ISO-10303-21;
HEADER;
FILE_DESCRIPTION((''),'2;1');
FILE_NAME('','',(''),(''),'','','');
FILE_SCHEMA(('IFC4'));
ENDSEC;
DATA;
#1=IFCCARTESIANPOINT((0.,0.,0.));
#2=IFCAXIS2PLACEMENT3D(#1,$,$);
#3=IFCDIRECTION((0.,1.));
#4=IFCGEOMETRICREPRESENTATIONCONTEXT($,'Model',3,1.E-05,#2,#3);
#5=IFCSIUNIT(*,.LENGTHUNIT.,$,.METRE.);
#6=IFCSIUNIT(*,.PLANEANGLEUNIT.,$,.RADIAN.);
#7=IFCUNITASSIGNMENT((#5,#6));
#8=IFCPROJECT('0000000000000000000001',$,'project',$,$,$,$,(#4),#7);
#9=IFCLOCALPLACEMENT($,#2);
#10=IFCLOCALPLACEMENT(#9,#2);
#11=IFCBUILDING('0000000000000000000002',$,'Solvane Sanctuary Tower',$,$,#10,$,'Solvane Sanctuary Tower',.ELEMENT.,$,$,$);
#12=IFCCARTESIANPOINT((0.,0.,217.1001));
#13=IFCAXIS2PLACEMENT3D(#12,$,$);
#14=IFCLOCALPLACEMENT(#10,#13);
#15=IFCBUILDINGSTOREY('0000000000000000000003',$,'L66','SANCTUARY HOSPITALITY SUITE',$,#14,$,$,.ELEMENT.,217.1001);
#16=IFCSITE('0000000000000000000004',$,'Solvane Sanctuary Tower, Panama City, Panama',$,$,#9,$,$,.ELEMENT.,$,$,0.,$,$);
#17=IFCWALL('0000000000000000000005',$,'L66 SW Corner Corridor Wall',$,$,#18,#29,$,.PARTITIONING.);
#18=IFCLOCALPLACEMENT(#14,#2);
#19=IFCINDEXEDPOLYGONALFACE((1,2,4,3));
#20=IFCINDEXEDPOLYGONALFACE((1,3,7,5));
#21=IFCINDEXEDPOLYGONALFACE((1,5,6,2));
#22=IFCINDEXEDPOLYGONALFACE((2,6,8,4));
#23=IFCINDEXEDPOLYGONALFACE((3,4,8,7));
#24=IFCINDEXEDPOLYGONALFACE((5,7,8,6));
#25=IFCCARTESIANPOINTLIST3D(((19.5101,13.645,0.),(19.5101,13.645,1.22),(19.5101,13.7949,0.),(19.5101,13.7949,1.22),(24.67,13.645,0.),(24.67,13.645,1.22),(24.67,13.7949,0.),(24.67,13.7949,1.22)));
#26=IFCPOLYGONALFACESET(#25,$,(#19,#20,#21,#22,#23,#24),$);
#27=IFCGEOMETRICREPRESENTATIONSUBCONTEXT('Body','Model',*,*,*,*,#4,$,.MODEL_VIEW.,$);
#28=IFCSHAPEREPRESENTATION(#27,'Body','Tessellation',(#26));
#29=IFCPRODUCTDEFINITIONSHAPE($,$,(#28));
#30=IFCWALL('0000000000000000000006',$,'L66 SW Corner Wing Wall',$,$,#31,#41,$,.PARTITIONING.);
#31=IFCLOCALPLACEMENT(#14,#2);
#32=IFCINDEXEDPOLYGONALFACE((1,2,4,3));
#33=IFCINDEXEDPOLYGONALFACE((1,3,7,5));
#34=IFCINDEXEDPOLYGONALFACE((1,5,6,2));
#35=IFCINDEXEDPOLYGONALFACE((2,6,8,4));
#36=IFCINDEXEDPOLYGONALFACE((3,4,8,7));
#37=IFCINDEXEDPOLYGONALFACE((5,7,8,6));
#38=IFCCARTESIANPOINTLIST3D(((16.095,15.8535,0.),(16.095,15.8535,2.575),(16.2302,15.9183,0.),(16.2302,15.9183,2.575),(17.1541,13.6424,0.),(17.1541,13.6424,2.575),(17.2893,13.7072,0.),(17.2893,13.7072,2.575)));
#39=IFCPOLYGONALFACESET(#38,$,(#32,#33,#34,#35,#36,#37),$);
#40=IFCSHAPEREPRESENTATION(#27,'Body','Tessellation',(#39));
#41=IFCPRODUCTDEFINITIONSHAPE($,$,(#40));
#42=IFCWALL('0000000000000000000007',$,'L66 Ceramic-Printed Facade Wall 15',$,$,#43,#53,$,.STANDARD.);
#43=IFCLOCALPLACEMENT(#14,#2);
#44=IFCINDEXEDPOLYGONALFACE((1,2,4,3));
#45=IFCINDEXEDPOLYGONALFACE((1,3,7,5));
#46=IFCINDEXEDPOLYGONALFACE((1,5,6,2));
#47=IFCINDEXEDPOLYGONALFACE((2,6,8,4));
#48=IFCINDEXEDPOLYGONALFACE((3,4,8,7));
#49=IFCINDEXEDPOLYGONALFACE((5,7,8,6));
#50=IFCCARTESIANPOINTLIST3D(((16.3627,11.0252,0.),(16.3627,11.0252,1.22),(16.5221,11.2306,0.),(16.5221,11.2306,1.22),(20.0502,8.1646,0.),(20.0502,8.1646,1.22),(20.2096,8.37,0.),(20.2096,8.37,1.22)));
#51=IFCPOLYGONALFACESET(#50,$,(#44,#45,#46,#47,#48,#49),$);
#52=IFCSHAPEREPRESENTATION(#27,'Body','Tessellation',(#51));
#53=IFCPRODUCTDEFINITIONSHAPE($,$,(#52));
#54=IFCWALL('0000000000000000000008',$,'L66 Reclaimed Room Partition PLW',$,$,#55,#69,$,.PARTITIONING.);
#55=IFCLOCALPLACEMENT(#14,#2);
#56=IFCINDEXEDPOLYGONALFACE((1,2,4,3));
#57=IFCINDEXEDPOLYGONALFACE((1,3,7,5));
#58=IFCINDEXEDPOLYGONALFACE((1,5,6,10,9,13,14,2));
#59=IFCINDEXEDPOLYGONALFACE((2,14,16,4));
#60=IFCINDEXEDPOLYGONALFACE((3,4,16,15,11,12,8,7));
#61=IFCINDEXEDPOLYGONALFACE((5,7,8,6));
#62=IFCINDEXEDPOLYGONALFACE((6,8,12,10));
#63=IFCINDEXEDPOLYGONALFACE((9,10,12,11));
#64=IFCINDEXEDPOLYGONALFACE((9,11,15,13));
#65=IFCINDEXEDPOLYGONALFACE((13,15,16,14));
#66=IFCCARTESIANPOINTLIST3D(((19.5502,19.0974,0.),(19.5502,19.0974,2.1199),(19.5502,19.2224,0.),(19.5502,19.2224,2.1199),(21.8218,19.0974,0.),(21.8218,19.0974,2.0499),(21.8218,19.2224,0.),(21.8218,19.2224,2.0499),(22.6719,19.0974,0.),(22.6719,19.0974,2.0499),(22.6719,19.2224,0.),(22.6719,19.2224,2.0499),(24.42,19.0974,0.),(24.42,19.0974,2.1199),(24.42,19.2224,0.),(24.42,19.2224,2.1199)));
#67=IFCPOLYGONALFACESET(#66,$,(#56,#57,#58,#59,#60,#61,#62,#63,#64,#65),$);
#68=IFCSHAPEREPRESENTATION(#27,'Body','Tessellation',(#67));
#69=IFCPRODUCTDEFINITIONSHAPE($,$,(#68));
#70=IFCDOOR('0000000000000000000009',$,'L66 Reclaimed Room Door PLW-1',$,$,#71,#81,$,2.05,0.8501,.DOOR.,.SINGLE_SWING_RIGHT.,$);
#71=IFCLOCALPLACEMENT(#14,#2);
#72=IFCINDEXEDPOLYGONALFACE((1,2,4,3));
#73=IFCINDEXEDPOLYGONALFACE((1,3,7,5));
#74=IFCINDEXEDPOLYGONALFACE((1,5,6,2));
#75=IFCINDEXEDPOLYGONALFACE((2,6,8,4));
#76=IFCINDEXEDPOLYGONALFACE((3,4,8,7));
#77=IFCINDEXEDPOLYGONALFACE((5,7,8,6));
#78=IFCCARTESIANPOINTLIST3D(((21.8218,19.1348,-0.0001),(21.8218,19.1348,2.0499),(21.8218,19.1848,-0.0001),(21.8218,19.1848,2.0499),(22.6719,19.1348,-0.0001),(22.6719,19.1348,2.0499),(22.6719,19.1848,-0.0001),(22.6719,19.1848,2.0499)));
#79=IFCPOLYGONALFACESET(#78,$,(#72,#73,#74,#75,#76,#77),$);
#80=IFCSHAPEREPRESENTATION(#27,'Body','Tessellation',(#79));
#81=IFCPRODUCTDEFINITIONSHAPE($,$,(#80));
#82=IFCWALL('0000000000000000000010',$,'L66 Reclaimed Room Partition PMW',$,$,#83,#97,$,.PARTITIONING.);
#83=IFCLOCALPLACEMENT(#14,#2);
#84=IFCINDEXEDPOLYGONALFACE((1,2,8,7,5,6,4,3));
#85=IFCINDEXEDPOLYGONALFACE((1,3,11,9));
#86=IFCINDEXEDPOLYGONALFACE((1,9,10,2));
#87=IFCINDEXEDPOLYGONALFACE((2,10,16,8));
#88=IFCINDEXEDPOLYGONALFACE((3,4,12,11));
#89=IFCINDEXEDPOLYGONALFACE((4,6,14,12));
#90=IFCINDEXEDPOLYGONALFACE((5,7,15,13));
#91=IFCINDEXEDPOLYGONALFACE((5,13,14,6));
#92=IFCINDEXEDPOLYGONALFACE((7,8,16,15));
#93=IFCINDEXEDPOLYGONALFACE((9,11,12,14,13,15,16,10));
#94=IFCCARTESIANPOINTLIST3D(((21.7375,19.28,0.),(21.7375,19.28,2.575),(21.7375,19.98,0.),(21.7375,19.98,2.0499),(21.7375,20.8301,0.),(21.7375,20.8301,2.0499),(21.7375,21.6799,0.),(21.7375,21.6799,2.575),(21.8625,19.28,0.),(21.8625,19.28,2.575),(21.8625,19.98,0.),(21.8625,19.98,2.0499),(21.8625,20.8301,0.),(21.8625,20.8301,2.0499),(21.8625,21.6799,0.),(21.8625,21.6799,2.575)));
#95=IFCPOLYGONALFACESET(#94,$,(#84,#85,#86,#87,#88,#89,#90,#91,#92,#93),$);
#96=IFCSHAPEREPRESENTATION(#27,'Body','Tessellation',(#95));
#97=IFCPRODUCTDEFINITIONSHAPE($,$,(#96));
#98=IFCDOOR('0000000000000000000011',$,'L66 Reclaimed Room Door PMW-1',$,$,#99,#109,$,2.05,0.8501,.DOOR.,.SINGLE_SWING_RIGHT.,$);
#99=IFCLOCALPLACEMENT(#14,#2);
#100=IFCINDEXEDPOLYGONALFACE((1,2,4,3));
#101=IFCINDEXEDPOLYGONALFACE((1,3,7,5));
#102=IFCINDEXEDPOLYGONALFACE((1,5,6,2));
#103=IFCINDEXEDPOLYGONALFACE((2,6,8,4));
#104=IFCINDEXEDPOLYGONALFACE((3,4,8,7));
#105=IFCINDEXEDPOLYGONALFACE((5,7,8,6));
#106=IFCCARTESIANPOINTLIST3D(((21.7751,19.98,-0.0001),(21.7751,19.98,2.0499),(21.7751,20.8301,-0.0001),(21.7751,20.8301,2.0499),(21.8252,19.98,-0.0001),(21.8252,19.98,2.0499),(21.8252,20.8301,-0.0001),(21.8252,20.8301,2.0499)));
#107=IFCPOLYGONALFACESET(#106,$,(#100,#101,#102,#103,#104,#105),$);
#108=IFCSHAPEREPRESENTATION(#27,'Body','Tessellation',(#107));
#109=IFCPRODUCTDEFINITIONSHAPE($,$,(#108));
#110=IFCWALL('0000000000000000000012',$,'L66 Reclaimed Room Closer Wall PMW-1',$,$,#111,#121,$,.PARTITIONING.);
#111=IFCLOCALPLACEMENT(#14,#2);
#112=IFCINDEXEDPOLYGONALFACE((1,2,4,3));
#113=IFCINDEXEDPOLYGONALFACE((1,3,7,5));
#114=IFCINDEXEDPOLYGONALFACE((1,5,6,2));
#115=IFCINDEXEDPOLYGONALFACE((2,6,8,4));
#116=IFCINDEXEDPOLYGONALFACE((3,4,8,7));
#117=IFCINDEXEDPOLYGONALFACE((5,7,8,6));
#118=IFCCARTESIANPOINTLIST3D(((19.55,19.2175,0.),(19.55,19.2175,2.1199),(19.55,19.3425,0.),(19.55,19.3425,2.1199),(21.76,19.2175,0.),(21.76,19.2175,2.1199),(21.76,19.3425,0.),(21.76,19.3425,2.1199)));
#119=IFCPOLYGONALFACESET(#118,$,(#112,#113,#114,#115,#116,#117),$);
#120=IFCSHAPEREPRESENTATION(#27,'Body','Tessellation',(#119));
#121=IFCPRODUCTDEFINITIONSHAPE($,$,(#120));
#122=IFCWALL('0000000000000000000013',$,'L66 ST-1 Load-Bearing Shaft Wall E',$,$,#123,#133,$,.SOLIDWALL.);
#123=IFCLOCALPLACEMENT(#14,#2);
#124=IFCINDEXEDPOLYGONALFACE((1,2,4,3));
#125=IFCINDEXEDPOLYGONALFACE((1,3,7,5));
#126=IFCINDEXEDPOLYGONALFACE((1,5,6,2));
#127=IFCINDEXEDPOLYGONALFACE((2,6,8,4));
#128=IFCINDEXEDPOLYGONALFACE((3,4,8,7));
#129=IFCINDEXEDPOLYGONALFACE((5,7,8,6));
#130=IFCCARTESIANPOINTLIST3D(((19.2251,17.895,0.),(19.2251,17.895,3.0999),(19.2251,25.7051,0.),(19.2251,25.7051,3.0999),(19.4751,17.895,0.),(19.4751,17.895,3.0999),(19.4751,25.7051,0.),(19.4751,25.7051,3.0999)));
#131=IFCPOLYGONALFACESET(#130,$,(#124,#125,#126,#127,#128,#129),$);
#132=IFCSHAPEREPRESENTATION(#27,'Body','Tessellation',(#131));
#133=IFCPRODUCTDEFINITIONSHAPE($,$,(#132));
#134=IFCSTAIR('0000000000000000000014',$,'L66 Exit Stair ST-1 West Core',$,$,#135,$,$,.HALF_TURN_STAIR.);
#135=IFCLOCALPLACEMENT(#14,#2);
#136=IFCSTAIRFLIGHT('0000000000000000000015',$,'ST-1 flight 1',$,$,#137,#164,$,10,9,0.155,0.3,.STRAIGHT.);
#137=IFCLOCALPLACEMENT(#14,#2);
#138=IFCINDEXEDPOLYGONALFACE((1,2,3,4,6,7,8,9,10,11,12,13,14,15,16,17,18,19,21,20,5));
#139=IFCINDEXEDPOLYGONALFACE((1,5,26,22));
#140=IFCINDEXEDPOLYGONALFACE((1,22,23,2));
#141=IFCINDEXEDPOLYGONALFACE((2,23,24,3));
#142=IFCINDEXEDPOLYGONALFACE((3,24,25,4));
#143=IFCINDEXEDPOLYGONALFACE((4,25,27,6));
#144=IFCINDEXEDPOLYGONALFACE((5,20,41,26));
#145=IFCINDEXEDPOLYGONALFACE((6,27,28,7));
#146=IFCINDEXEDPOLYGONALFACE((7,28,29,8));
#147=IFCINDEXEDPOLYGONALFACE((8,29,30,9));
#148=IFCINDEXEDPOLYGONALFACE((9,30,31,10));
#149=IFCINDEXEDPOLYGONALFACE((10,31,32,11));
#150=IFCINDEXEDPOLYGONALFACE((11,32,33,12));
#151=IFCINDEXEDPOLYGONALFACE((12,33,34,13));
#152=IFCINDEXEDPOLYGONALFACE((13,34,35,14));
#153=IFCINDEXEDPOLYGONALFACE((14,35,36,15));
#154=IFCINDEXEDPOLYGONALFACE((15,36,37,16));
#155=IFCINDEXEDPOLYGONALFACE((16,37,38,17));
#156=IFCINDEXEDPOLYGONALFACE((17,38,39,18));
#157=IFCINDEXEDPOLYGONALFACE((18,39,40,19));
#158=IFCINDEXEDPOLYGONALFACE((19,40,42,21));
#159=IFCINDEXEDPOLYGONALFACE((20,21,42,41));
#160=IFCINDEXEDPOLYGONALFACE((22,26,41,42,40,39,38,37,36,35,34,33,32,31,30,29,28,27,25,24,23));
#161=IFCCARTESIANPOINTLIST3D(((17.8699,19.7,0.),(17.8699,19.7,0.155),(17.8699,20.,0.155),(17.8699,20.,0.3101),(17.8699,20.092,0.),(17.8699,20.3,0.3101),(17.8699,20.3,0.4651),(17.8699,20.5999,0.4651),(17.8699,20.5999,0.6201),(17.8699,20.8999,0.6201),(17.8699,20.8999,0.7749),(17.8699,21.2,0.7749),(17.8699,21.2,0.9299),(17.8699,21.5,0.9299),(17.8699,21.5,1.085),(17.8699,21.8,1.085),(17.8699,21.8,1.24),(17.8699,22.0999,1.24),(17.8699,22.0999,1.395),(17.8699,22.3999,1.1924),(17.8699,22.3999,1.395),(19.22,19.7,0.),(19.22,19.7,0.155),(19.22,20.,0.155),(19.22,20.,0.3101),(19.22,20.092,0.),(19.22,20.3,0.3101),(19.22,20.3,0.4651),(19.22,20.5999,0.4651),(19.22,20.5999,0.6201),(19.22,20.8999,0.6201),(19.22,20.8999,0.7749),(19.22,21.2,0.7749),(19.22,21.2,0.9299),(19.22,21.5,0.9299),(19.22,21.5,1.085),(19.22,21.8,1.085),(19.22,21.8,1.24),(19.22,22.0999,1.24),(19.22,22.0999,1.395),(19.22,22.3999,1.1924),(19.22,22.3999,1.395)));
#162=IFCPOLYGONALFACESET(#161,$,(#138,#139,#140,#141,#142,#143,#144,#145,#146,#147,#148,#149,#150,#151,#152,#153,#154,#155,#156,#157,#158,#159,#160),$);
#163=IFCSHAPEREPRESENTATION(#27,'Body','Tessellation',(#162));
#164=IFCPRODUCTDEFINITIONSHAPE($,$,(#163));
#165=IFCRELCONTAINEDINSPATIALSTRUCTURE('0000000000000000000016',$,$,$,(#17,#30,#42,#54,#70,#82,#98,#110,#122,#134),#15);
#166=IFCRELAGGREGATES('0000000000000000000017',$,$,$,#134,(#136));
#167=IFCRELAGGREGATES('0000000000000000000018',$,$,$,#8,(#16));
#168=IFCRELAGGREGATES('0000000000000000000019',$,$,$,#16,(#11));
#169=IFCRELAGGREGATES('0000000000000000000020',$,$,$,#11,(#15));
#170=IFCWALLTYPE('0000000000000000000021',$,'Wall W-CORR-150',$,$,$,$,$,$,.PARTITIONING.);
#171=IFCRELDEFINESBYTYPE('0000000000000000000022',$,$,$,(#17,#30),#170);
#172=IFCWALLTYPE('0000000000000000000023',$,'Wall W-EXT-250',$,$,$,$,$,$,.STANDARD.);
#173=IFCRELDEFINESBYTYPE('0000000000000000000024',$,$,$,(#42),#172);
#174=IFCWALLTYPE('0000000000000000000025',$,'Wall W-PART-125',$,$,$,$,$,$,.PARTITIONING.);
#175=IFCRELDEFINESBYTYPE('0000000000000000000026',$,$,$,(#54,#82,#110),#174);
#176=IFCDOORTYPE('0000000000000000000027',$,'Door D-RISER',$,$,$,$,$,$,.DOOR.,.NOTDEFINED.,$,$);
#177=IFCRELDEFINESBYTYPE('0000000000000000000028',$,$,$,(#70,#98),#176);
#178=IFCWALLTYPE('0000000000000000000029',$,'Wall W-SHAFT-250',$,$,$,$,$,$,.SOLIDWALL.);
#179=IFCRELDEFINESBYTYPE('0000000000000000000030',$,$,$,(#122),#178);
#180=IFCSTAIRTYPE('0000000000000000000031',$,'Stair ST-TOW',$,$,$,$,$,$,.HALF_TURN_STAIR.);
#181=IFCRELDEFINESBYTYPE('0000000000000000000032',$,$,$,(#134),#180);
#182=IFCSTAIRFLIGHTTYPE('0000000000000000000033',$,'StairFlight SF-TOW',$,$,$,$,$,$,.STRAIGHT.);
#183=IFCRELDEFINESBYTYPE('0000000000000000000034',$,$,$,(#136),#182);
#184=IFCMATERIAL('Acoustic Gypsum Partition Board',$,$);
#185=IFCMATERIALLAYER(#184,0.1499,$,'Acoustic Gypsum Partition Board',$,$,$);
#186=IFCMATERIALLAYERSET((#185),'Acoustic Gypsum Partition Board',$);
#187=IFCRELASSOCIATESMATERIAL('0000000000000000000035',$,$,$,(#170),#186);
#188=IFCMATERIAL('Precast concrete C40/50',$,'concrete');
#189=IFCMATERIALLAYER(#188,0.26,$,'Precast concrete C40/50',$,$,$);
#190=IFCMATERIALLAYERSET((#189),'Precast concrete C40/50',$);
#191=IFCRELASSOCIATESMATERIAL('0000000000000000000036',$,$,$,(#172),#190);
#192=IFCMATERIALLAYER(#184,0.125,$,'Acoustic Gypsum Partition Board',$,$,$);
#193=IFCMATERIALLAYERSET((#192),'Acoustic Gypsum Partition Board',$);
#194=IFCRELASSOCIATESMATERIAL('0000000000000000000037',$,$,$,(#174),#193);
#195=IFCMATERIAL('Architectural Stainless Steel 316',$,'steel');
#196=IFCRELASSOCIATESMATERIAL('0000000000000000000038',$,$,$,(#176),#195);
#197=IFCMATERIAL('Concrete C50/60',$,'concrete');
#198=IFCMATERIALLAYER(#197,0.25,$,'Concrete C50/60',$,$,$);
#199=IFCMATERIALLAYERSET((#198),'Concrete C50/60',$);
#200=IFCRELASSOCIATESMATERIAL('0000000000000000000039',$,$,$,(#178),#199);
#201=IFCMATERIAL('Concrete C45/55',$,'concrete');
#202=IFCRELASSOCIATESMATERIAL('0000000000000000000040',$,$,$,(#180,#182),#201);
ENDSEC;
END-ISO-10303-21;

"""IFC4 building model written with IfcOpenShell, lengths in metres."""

from ifc_helpers import new_model, si_unit, direction, frame, frame_2d, origin, place, context, subcontext, project, spatial, polyline, rectangle, outline, extrude, material, layer, layer_set, type_object, element, fill, aggregate, save


model = new_model("IFC4")

# Units and contexts
model_context = context("Model", 3, precision=1e-05, world=origin(), true_north=direction((0.0, 1.0)))
body_context = subcontext(model_context, "Body", "Model", "MODEL_VIEW")
ifc_project = project(units=[si_unit("LENGTHUNIT", "METRE"), si_unit("PLANEANGLEUNIT", "RADIAN")], contexts=[model_context])

# Site, building, storey
site_placement = place(None, origin())
site = spatial("IfcSite", under=ifc_project, at=site_placement, Name="Solvane Sanctuary Tower, Panama City, Panama", CompositionType="ELEMENT", RefElevation=0.0)
building_placement = place(site_placement, origin())
building = spatial("IfcBuilding", under=site, at=building_placement, Name="Solvane Sanctuary Tower", LongName="Solvane Sanctuary Tower", CompositionType="ELEMENT")
storey_placement = place(building_placement, frame((0.0, 0.0, 217.1001)))
storey = spatial("IfcBuildingStorey", under=building, at=storey_placement, Name="L66", Description="SANCTUARY HOSPITALITY SUITE", CompositionType="ELEMENT", Elevation=217.1001)

# Shared definitions
ifc_material_1 = material(Name="Concrete C50/60", Category="concrete")

# Shared definitions
ifc_material_2 = material(Name="Acoustic Gypsum Partition Board")
ifc_layer_1 = layer(ifc_material_2, 0.1499, Name="Acoustic Gypsum Partition Board")
ifc_layer_set_1 = layer_set([ifc_layer_1], Name="Acoustic Gypsum Partition Board")
wall_type_1 = type_object("IfcWallType", Name="Wall W-CORR-150", PredefinedType="PARTITIONING", material=ifc_layer_set_1)

# Walls
wall_1_placement = place(storey_placement, frame((19.51, 13.72, 0.0), z_axis=(0.0, 0.0, 1.0), x_axis=(1.0, 0.0, 0.0)))
element("IfcWall", 1, at=wall_1_placement, inside=storey, type_object=wall_type_1, Name="L66 SW Corner Corridor Wall", PredefinedType="PARTITIONING", context=body_context, shape_type="SweptSolid", body=[
    extrude(rectangle(XDim=5.1599, YDim=0.1499, at=frame_2d((2.5801, 0.0))), origin(), (0.0, 0.0, 1.0), 1.22),
])
wall_2_placement = place(storey_placement, frame((17.2217, 13.6748, 0.0), z_axis=(0.0, 0.0, 1.0), x_axis=(-0.431973, 0.901886, 0.0)))
element("IfcWall", 2, at=wall_2_placement, inside=storey, type_object=wall_type_1, Name="L66 SW Corner Wing Wall", PredefinedType="PARTITIONING", context=body_context, shape_type="SweptSolid", body=[
    extrude(rectangle(XDim=2.4517, YDim=0.1499, at=frame_2d((1.2258, 0.0))), origin(), (0.0, 0.0, 1.0), 2.575),
])
ifc_material_3 = material(Name="Precast concrete C40/50", Category="concrete")
ifc_layer_2 = layer(ifc_material_3, 0.26, Name="Precast concrete C40/50")
ifc_layer_set_2 = layer_set([ifc_layer_2], Name="Precast concrete C40/50")
wall_type_2 = type_object("IfcWallType", Name="Wall W-EXT-250", PredefinedType="STANDARD", material=ifc_layer_set_2)
wall_3_placement = place(storey_placement, frame((16.4424, 11.1279, 0.0), z_axis=(0.0, 0.0, 1.0), x_axis=(0.790126, -0.612944, 0.0)))
element("IfcWall", 3, at=wall_3_placement, inside=storey, type_object=wall_type_2, Name="L66 Ceramic-Printed Facade Wall 15", PredefinedType="STANDARD", context=body_context, shape_type="SweptSolid", body=[
    extrude(rectangle(XDim=4.667, YDim=0.26, at=frame_2d((2.3335, 0.0))), origin(), (0.0, 0.0, 1.0), 1.22),
])

# Walls, openings, doors
ifc_layer_3 = layer(ifc_material_2, 0.125, Name="Acoustic Gypsum Partition Board")
ifc_layer_set_3 = layer_set([ifc_layer_3], Name="Acoustic Gypsum Partition Board")
wall_type_3 = type_object("IfcWallType", Name="Wall W-PART-125", PredefinedType="PARTITIONING", material=ifc_layer_set_3)
wall_4_placement = place(storey_placement, frame((19.55, 19.1599, 0.0), z_axis=(0.0, 0.0, 1.0), x_axis=(1.0, 0.0, 0.0)))
wall_4 = element("IfcWall", 4, at=wall_4_placement, inside=storey, type_object=wall_type_3, Name="L66 Reclaimed Room Partition PLW", PredefinedType="PARTITIONING", context=body_context, shape_type="SweptSolid", body=[
    extrude(rectangle(XDim=4.8699, YDim=0.125, at=frame_2d((2.4351, 0.0))), origin(), (0.0, 0.0, 1.0), 2.1199),
])
opening_1_placement = place(wall_4_placement, frame((2.2717, 0.0, 0.0)))
opening_1 = element("IfcOpeningElement", 5, at=opening_1_placement, cuts=wall_4, PredefinedType="OPENING", context=body_context, shape_type="SweptSolid", body=[
    extrude(rectangle(XDim=0.8501, YDim=2.05, at=frame_2d((0.425, 1.0249))), frame((0.0, 0.0725, 0.0), z_axis=(0.0, -1.0, 0.0), x_axis=(1.0, 0.0, 0.0)), (0.0, 0.0, 1.0), 0.145),
])
ifc_material_4 = material(Name="Architectural Stainless Steel 316", Category="steel")
door_type_1 = type_object("IfcDoorType", Name="Door D-RISER", OperationType="NOTDEFINED", PredefinedType="DOOR", material=ifc_material_4)
door_1_placement = place(opening_1_placement, origin())
door_1 = element("IfcDoor", 6, at=door_1_placement, inside=storey, type_object=door_type_1, Name="L66 Reclaimed Room Door PLW-1", OperationType="SINGLE_SWING_RIGHT", OverallHeight=2.05, OverallWidth=0.8501, PredefinedType="DOOR", context=body_context, shape_type="SweptSolid", body=[
    extrude(rectangle(XDim=0.8501, YDim=2.05, at=frame_2d((0.425, 1.0249))), frame((0.0, 0.0249, 0.0), z_axis=(0.0, -1.0, 0.0), x_axis=(1.0, 0.0, 0.0)), (0.0, 0.0, 1.0), 0.05),
])
fill(opening_1, door_1)
wall_5_placement = place(storey_placement, frame((21.8, 19.28, 0.0), z_axis=(0.0, 0.0, 1.0), x_axis=(0.0, 1.0, 0.0)))
wall_5 = element("IfcWall", 7, at=wall_5_placement, inside=storey, type_object=wall_type_3, Name="L66 Reclaimed Room Partition PMW", PredefinedType="PARTITIONING", context=body_context, shape_type="SweptSolid", body=[
    extrude(rectangle(XDim=2.3999, YDim=0.125, at=frame_2d((1.2, 0.0))), origin(), (0.0, 0.0, 1.0), 2.575),
])
opening_2_placement = place(wall_5_placement, frame((0.7, 0.0, 0.0)))
opening_2 = element("IfcOpeningElement", 8, at=opening_2_placement, cuts=wall_5, PredefinedType="OPENING", context=body_context, shape_type="SweptSolid", body=[
    extrude(rectangle(XDim=0.8501, YDim=2.05, at=frame_2d((0.425, 1.0249))), frame((0.0, 0.0725, 0.0), z_axis=(0.0, -1.0, 0.0), x_axis=(1.0, 0.0, 0.0)), (0.0, 0.0, 1.0), 0.145),
])
door_2_placement = place(opening_2_placement, origin())
door_2 = element("IfcDoor", 9, at=door_2_placement, inside=storey, type_object=door_type_1, Name="L66 Reclaimed Room Door PMW-1", OperationType="SINGLE_SWING_RIGHT", OverallHeight=2.05, OverallWidth=0.8501, PredefinedType="DOOR", context=body_context, shape_type="SweptSolid", body=[
    extrude(rectangle(XDim=0.8501, YDim=2.05, at=frame_2d((0.425, 1.0249))), frame((0.0, 0.0249, 0.0), z_axis=(0.0, -1.0, 0.0), x_axis=(1.0, 0.0, 0.0)), (0.0, 0.0, 1.0), 0.05),
])
fill(opening_2, door_2)

# Walls
wall_6_placement = place(storey_placement, frame((19.55, 19.28, 0.0), z_axis=(0.0, 0.0, 1.0), x_axis=(1.0, 0.0, 0.0)))
element("IfcWall", 10, at=wall_6_placement, inside=storey, type_object=wall_type_3, Name="L66 Reclaimed Room Closer Wall PMW-1", PredefinedType="PARTITIONING", context=body_context, shape_type="SweptSolid", body=[
    extrude(rectangle(XDim=2.21, YDim=0.125, at=frame_2d((1.105, 0.0))), origin(), (0.0, 0.0, 1.0), 2.1199),
])
ifc_layer_4 = layer(ifc_material_1, 0.25, Name="Concrete C50/60")
ifc_layer_set_4 = layer_set([ifc_layer_4], Name="Concrete C50/60")
wall_type_4 = type_object("IfcWallType", Name="Wall W-SHAFT-250", PredefinedType="SOLIDWALL", material=ifc_layer_set_4)
wall_7_placement = place(storey_placement, frame((19.3501, 17.895, 0.0), z_axis=(0.0, 0.0, 1.0), x_axis=(0.0, 1.0, 0.0)))
element("IfcWall", 11, at=wall_7_placement, inside=storey, type_object=wall_type_4, Name="L66 ST-1 Load-Bearing Shaft Wall E", PredefinedType="SOLIDWALL", context=body_context, shape_type="SweptSolid", body=[
    extrude(rectangle(XDim=7.8101, YDim=0.25, at=frame_2d((3.905, 0.0))), origin(), (0.0, 0.0, 1.0), 3.0999),
])

# Stair, stair flight
ifc_material_5 = material(Name="Concrete C45/55", Category="concrete")
stair_type = type_object("IfcStairType", Name="Stair ST-TOW", PredefinedType="HALF_TURN_STAIR", material=ifc_material_5)
stair_placement = place(storey_placement, origin())
stair = element("IfcStair", 12, at=stair_placement, inside=storey, type_object=stair_type, Name="L66 Exit Stair ST-1 West Core", PredefinedType="HALF_TURN_STAIR")
stair_flight_type = type_object("IfcStairFlightType", Name="StairFlight SF-TOW", PredefinedType="STRAIGHT", material=ifc_material_5)
stair_flight_placement = place(storey_placement, frame((18.5449, 19.7, 0.0), z_axis=(0.0, 0.0, 1.0), x_axis=(0.0, 1.0, 0.0)))
stair_flight = element("IfcStairFlight", 13, at=stair_flight_placement, type_object=stair_flight_type, Name="ST-1 flight 1", NumberOfRisers=10, NumberOfTreads=9, PredefinedType="STRAIGHT", RiserHeight=0.155, TreadLength=0.3, context=body_context, shape_type="SweptSolid", body=[
    extrude(outline(polyline([(0.0, 0.0), (0.0, 0.155), (0.3, 0.155), (0.3, 0.3101), (0.6001, 0.3101), (0.6001, 0.4651), (0.8999, 0.4651), (0.8999, 0.6201), (1.2, 0.6201), (1.2, 0.7749), (1.5, 0.7749), (1.5, 0.9299), (1.8, 0.9299), (1.8, 1.085), (2.1001, 1.085), (2.1001, 1.24), (2.3999, 1.24), (2.3999, 1.395), (2.7, 1.395), (2.7, 1.55), (2.7, 1.1924), (0.3921, 0.0), (0.0, 0.0)])), frame((0.0, 0.675, 0.0), z_axis=(0.0, -1.0, 0.0), x_axis=(1.0, 0.0, 0.0)), (0.0, 0.0, 1.0), 1.3501),
])
aggregate(stair, [stair_flight])

save(model, "model.ifc")
